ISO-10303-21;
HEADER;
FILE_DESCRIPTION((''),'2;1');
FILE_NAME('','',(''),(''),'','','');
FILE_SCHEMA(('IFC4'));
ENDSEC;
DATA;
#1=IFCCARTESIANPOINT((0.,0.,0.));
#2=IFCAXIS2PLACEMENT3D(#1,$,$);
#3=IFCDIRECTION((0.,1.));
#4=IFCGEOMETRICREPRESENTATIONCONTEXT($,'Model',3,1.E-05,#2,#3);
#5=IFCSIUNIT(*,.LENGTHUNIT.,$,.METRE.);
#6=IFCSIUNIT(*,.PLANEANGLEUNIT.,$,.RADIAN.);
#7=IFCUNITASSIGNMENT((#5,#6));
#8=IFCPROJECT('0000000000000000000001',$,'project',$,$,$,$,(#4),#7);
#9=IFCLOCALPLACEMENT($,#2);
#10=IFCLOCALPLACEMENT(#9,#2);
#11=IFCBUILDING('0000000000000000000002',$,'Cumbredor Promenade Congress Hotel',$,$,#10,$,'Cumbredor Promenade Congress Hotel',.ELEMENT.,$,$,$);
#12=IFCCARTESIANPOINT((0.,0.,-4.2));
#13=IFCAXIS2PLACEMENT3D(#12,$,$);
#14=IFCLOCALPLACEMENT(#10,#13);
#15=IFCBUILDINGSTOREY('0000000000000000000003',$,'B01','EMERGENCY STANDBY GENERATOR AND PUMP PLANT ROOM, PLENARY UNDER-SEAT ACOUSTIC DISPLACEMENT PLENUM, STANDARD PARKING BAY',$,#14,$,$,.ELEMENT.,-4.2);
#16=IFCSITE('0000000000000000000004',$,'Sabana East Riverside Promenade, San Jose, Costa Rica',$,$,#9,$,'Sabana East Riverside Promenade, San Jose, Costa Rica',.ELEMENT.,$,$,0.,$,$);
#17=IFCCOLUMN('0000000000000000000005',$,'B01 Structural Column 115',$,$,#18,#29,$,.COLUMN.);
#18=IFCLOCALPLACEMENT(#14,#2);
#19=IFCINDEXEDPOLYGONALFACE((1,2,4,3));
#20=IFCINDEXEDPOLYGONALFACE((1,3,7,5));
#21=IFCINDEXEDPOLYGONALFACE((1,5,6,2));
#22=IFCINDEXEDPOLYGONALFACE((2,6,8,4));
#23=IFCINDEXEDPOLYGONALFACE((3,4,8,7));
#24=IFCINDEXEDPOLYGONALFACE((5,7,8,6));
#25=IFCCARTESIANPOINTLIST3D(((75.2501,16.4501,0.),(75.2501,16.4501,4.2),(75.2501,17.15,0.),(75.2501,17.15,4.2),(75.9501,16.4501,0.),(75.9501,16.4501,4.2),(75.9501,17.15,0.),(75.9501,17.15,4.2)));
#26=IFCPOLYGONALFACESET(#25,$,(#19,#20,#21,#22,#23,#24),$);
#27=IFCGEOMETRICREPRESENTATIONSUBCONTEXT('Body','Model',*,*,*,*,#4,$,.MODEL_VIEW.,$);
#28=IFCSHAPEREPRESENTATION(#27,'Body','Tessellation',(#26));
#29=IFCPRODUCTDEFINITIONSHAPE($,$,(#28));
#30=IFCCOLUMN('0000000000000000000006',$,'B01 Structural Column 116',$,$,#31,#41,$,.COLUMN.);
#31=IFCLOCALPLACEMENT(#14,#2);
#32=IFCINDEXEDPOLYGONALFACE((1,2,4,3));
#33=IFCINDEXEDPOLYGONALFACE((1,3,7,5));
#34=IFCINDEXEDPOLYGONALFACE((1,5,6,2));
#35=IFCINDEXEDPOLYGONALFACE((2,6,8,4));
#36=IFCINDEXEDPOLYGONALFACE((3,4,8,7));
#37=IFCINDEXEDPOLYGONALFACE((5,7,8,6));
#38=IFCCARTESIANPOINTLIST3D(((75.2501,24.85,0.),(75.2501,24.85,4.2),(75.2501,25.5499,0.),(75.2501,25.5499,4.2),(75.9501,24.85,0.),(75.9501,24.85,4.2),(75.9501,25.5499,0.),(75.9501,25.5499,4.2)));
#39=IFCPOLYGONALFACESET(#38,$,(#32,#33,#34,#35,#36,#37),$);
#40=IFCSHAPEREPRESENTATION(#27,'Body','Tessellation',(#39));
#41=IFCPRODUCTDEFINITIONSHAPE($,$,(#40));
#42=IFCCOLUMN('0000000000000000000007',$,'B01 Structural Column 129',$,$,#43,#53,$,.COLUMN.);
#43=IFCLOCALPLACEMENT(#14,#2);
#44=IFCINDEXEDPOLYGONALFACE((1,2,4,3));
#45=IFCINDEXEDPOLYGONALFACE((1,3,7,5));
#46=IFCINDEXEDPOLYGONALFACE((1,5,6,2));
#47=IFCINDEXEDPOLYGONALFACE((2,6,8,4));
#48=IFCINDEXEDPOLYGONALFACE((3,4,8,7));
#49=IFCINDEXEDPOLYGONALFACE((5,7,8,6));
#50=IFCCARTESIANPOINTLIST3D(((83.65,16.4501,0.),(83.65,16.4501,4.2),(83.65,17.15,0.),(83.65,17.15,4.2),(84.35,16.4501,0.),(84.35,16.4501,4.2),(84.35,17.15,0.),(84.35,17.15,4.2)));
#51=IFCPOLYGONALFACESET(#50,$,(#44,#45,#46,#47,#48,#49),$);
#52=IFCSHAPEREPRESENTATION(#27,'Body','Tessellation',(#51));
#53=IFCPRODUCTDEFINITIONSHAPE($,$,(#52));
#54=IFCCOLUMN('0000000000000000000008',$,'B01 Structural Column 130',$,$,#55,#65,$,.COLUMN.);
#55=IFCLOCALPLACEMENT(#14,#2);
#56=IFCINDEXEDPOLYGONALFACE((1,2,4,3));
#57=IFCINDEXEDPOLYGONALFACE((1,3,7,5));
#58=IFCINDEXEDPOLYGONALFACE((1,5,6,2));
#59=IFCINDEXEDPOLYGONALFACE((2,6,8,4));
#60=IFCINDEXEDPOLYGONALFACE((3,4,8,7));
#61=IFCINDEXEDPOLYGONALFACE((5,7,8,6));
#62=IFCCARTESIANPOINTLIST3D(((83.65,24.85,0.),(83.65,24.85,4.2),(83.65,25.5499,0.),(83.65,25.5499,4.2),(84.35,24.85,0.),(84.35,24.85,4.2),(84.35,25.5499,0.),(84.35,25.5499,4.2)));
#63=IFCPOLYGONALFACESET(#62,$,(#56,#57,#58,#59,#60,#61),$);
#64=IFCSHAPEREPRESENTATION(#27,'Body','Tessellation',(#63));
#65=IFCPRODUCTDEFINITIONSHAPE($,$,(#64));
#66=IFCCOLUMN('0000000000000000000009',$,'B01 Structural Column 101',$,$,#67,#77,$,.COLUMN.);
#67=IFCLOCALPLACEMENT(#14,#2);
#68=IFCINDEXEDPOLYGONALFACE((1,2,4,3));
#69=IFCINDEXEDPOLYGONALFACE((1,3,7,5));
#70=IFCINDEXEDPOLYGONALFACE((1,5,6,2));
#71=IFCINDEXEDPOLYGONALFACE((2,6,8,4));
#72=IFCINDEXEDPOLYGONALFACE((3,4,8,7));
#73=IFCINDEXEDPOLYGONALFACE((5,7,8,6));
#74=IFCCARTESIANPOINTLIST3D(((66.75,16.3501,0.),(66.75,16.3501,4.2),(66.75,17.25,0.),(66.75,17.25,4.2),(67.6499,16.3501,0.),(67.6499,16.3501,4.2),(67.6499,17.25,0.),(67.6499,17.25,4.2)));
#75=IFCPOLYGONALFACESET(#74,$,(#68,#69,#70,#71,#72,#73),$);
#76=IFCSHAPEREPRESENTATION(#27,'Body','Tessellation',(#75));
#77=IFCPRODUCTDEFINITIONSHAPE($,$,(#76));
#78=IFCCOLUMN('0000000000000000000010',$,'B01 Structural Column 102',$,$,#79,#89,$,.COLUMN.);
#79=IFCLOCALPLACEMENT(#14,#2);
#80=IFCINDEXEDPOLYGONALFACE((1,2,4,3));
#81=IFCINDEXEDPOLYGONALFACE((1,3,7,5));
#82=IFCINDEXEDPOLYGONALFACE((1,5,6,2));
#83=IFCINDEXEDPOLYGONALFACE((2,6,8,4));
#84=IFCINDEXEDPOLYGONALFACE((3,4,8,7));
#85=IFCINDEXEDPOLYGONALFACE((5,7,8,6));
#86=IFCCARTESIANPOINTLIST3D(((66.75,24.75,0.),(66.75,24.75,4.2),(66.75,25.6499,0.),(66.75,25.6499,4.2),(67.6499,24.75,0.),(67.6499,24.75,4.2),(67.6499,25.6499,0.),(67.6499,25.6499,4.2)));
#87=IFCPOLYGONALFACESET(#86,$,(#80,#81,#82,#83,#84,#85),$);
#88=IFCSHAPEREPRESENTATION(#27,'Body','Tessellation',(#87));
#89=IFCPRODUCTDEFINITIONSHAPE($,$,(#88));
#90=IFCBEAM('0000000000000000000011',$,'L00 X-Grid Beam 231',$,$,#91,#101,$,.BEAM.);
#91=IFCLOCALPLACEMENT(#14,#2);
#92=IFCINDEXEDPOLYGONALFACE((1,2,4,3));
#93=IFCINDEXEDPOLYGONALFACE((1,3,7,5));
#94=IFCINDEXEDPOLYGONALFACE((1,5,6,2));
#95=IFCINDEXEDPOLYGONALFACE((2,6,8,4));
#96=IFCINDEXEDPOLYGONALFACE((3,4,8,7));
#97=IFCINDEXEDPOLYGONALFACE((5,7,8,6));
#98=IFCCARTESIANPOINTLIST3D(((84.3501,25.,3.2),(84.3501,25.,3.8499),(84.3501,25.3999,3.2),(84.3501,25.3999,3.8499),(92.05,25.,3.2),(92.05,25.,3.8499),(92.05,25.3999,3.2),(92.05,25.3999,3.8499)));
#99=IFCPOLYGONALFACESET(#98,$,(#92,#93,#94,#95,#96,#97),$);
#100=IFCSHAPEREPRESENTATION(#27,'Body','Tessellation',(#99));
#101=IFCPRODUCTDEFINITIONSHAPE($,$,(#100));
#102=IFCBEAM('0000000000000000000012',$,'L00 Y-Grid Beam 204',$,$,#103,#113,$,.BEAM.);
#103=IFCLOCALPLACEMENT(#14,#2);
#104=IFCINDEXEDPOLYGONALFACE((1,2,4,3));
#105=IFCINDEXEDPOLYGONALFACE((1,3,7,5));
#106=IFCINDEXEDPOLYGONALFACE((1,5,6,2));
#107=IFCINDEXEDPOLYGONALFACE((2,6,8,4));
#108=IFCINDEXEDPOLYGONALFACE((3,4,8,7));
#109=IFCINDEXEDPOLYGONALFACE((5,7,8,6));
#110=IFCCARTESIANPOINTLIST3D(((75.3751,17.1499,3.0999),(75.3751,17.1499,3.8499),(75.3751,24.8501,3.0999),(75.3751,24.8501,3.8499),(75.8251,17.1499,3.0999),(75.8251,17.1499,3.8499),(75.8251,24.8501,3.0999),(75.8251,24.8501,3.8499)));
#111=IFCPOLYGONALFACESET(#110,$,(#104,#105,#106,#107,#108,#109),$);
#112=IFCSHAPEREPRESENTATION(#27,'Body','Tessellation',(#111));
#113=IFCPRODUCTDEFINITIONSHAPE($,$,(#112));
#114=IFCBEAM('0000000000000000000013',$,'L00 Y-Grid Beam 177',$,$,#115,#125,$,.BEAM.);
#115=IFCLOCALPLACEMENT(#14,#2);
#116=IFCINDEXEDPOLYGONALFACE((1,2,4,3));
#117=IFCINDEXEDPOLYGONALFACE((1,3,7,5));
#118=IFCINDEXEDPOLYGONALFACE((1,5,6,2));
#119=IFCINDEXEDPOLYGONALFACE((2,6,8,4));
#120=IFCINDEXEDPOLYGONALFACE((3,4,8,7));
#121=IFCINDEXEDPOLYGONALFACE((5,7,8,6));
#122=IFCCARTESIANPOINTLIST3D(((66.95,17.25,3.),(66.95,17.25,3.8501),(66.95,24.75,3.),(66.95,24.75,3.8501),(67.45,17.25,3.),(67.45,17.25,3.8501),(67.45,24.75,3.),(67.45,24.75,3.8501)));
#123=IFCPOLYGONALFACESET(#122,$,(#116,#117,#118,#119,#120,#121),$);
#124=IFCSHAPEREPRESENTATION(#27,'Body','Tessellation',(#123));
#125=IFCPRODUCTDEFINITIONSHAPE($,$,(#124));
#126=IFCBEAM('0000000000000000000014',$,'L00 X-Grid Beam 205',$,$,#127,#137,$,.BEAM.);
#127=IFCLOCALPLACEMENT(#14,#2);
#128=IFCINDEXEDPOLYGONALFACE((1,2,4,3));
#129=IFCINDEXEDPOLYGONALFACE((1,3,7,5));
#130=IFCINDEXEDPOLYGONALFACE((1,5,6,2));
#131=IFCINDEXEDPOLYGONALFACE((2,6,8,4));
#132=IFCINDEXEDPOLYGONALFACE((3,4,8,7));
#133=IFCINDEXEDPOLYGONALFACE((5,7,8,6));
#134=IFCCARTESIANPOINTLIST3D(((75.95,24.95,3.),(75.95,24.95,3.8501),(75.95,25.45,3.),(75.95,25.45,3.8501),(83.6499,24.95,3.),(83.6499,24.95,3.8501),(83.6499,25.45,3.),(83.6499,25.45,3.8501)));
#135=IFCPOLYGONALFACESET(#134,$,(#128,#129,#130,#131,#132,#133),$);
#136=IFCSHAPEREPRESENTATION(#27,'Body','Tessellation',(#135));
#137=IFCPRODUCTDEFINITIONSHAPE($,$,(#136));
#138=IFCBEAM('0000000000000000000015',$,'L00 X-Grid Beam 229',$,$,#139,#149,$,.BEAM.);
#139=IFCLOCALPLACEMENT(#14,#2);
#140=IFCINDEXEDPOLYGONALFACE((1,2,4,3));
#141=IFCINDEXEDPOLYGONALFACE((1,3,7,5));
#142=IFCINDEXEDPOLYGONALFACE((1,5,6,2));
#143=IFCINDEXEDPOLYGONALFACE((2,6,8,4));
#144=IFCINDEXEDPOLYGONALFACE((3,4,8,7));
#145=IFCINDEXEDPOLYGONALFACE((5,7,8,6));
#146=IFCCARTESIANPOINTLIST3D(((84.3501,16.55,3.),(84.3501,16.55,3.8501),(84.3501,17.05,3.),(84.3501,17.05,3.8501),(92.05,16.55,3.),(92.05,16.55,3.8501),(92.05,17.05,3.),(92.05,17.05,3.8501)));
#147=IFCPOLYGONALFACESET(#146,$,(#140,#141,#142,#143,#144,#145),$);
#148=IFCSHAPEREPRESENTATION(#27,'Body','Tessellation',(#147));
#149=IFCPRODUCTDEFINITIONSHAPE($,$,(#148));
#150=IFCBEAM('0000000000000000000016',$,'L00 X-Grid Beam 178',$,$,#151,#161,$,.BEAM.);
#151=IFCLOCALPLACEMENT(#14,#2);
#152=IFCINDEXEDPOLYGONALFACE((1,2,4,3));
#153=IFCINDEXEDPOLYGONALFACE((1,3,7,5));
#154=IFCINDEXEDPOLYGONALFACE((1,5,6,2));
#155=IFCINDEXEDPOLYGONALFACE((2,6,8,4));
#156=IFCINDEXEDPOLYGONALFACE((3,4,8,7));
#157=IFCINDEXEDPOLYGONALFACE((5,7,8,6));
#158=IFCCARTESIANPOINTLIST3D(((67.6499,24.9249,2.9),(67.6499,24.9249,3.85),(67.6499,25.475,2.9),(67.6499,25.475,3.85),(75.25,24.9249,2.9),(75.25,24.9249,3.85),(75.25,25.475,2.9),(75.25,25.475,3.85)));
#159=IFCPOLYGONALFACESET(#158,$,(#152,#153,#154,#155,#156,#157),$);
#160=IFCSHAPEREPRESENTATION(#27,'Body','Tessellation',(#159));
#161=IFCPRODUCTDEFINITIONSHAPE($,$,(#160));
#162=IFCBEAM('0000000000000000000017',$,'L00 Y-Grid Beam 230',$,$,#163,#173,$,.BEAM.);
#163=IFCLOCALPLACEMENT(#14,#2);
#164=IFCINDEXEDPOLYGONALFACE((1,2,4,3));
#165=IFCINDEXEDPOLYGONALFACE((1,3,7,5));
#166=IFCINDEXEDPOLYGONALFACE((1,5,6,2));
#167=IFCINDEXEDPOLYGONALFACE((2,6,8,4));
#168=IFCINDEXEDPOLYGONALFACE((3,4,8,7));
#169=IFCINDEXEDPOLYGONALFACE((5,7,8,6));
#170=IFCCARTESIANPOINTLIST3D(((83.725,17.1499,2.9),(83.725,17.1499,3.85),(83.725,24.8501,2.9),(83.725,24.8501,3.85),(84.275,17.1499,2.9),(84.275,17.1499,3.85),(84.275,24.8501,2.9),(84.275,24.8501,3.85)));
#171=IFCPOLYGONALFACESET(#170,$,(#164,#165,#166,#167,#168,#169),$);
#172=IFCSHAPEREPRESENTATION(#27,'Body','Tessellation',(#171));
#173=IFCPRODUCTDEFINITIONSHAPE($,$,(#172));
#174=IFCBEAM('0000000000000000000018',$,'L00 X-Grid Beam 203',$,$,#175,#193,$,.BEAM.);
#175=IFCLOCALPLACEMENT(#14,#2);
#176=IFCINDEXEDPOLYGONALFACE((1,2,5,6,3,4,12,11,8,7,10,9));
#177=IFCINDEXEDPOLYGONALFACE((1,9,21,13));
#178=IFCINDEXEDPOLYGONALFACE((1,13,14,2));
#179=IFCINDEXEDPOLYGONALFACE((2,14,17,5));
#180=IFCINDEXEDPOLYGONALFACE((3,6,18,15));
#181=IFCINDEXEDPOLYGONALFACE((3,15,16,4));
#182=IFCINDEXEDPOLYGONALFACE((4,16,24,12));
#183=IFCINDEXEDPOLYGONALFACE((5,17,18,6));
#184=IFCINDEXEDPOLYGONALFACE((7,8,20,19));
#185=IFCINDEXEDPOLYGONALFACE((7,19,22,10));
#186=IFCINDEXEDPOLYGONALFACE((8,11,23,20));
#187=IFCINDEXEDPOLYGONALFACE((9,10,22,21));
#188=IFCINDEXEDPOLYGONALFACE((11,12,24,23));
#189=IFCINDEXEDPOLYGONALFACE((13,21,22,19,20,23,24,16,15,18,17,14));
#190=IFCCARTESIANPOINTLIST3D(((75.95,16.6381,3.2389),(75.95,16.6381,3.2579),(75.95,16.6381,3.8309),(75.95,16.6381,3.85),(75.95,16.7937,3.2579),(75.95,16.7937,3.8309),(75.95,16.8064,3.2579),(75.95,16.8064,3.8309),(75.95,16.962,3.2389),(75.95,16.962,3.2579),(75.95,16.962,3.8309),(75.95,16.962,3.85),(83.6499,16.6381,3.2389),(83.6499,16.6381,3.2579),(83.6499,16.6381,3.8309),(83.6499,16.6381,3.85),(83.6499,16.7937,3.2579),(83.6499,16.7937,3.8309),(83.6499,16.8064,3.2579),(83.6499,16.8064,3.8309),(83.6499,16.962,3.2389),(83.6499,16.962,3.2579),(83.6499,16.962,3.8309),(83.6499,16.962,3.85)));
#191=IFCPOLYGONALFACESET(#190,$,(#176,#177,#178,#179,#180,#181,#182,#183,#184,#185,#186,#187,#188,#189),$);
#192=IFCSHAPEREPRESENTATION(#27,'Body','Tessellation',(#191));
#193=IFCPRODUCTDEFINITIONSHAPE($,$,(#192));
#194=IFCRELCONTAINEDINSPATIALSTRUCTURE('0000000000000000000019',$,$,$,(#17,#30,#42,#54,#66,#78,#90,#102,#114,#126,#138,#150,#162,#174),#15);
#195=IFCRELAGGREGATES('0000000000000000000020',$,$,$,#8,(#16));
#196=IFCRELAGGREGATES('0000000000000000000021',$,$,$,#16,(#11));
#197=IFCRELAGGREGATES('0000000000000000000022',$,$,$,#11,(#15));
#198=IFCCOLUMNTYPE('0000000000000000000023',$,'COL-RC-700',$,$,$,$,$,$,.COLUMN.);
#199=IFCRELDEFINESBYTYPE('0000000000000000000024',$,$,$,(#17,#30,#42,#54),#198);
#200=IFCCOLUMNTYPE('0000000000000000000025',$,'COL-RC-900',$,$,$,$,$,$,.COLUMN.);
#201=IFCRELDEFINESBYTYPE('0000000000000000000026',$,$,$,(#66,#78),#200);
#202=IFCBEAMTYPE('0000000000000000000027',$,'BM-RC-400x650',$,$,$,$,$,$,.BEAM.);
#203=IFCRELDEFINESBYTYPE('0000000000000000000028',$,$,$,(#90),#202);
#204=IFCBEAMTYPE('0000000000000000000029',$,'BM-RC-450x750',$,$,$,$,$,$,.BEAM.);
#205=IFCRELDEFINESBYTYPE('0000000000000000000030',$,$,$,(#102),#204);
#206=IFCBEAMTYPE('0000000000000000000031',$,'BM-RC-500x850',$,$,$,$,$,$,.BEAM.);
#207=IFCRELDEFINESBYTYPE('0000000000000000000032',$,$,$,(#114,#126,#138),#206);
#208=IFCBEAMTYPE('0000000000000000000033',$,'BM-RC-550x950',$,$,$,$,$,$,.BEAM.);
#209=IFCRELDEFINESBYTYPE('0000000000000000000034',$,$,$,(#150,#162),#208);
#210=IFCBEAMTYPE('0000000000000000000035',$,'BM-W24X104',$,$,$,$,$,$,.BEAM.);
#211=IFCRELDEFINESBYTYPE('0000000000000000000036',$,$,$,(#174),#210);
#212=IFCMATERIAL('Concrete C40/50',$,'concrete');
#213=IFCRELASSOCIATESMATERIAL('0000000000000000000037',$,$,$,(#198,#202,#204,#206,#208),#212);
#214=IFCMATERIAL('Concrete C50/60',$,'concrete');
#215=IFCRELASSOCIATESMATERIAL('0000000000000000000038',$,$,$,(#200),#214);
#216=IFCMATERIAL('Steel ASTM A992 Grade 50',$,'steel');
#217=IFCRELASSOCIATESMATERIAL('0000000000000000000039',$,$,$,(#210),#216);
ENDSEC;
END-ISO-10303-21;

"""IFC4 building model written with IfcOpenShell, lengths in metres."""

from ifc_helpers import new_model, si_unit, direction, frame, origin, origin_2d, place, context, subcontext, project, spatial, rectangle, i_section, extrude, material, material_profile, profile_set, type_object, element, save


model = new_model("IFC4")

# Units and contexts
model_context = context("Model", 3, precision=1e-05, world=origin(), true_north=direction((0.0, 1.0)))
body_context = subcontext(model_context, "Body", "Model", "MODEL_VIEW")
ifc_project = project(units=[si_unit("LENGTHUNIT", "METRE"), si_unit("PLANEANGLEUNIT", "RADIAN")], contexts=[model_context])

# Site, building, storey
site_placement = place(None, origin())
site = spatial("IfcSite", under=ifc_project, at=site_placement, Name="Sabana East Riverside Promenade, San Jose, Costa Rica", LongName="Sabana East Riverside Promenade, San Jose, Costa Rica", CompositionType="ELEMENT", RefElevation=0.0)
building_placement = place(site_placement, origin())
building = spatial("IfcBuilding", under=site, at=building_placement, Name="Cumbredor Promenade Congress Hotel", LongName="Cumbredor Promenade Congress Hotel", CompositionType="ELEMENT")
storey_placement = place(building_placement, frame((0.0, 0.0, -4.2)))
storey = spatial("IfcBuildingStorey", under=building, at=storey_placement, Name="B01", Description="EMERGENCY STANDBY GENERATOR AND PUMP PLANT ROOM, PLENARY UNDER-SEAT ACOUSTIC DISPLACEMENT PLENUM, STANDARD PARKING BAY", CompositionType="ELEMENT", Elevation=-4.2)

# Columns
ifc_material_1 = material(Name="Concrete C40/50", Category="concrete")
ifc_material_profile_1 = material_profile(ifc_material_1, rectangle(XDim=0.7, YDim=0.7, at=origin_2d()), Name="RC 700x700")
ifc_profile_set_1 = profile_set([ifc_material_profile_1], Name="Concrete C40/50")
column_type_1 = type_object("IfcColumnType", Name="COL-RC-700", PredefinedType="COLUMN", material=ifc_profile_set_1)
for number, where, z_axis, x_axis, name in (
    (1, (75.6001, 16.8, 0.0), (0.0, 0.0, 1.0), (1.0, 0.0, 0.0), "B01 Structural Column 115"),
    (2, (75.6001, 25.2, 0.0), (0.0, 0.0, 1.0), (1.0, 0.0, 0.0), "B01 Structural Column 116"),
    (3, (84.0, 16.8, 0.0), (0.0, 0.0, 1.0), (1.0, 0.0, 0.0), "B01 Structural Column 129"),
    (4, (84.0, 25.2, 0.0), (0.0, 0.0, 1.0), (1.0, 0.0, 0.0), "B01 Structural Column 130"),
):
    element("IfcColumn", number, at=place(storey_placement, frame(where, z_axis=z_axis, x_axis=x_axis)), inside=storey, type_object=column_type_1, Name=name, PredefinedType="COLUMN", context=body_context, shape_type="SweptSolid", body=[
        extrude(rectangle(XDim=0.7, YDim=0.7, at=origin_2d()), origin(), (0.0, 0.0, 1.0), 4.2),
    ])
ifc_material_2 = material(Name="Concrete C50/60", Category="concrete")
ifc_material_profile_2 = material_profile(ifc_material_2, rectangle(XDim=0.8999, YDim=0.8999, at=origin_2d()), Name="RC 900x900")
ifc_profile_set_2 = profile_set([ifc_material_profile_2], Name="Concrete C50/60")
column_type_2 = type_object("IfcColumnType", Name="COL-RC-900", PredefinedType="COLUMN", material=ifc_profile_set_2)
for number, where, z_axis, x_axis, name in (
    (5, (67.2, 16.8, 0.0), (0.0, 0.0, 1.0), (1.0, 0.0, 0.0), "B01 Structural Column 101"),
    (6, (67.2, 25.2, 0.0), (0.0, 0.0, 1.0), (1.0, 0.0, 0.0), "B01 Structural Column 102"),
):
    element("IfcColumn", number, at=place(storey_placement, frame(where, z_axis=z_axis, x_axis=x_axis)), inside=storey, type_object=column_type_2, Name=name, PredefinedType="COLUMN", context=body_context, shape_type="SweptSolid", body=[
        extrude(rectangle(XDim=0.8999, YDim=0.8999, at=origin_2d()), origin(), (0.0, 0.0, 1.0), 4.2),
    ])

# Beams
ifc_material_profile_3 = material_profile(ifc_material_1, rectangle(XDim=0.3999, YDim=0.6499, at=origin_2d()), Name="RC BEAM 400x650")
ifc_profile_set_3 = profile_set([ifc_material_profile_3], Name="Concrete C40/50")
beam_type_1 = type_object("IfcBeamType", Name="BM-RC-400x650", PredefinedType="BEAM", material=ifc_profile_set_3)
beam_1_placement = place(storey_placement, frame((84.3501, 25.2, 3.5249), z_axis=(1.0, 0.0, 0.0), x_axis=(0.0, 1.0, 0.0)))
element("IfcBeam", 7, at=beam_1_placement, inside=storey, type_object=beam_type_1, Name="L00 X-Grid Beam 231", PredefinedType="BEAM", context=body_context, shape_type="SweptSolid", body=[
    extrude(rectangle(XDim=0.3999, YDim=0.6499, at=origin_2d()), origin(), (0.0, 0.0, 1.0), 7.7),
])
ifc_material_profile_4 = material_profile(ifc_material_1, rectangle(XDim=0.45, YDim=0.75, at=origin_2d()), Name="RC BEAM 450x750")
ifc_profile_set_4 = profile_set([ifc_material_profile_4], Name="Concrete C40/50")
beam_type_2 = type_object("IfcBeamType", Name="BM-RC-450x750", PredefinedType="BEAM", material=ifc_profile_set_4)
beam_2_placement = place(storey_placement, frame((75.6001, 17.1499, 3.4749), z_axis=(0.0, 1.0, 0.0), x_axis=(-1.0, 0.0, 0.0)))
element("IfcBeam", 8, at=beam_2_placement, inside=storey, type_object=beam_type_2, Name="L00 Y-Grid Beam 204", PredefinedType="BEAM", context=body_context, shape_type="SweptSolid", body=[
    extrude(rectangle(XDim=0.45, YDim=0.75, at=origin_2d()), origin(), (0.0, 0.0, 1.0), 7.7002),
])
ifc_material_profile_5 = material_profile(ifc_material_1, rectangle(XDim=0.5, YDim=0.8501, at=origin_2d()), Name="RC BEAM 500x850")
ifc_profile_set_5 = profile_set([ifc_material_profile_5], Name="Concrete C40/50")
beam_type_3 = type_object("IfcBeamType", Name="BM-RC-500x850", PredefinedType="BEAM", material=ifc_profile_set_5)
beam_3_placement = place(storey_placement, frame((67.2, 17.25, 3.425), z_axis=(0.0, 1.0, 0.0), x_axis=(-1.0, 0.0, 0.0)))
element("IfcBeam", 9, at=beam_3_placement, inside=storey, type_object=beam_type_3, Name="L00 Y-Grid Beam 177", PredefinedType="BEAM", context=body_context, shape_type="SweptSolid", body=[
    extrude(rectangle(XDim=0.5, YDim=0.8501, at=origin_2d()), origin(), (0.0, 0.0, 1.0), 7.5),
])
for number, where, z_axis, x_axis, name in (
    (10, (75.95, 25.2, 3.425), (1.0, 0.0, 0.0), (0.0, 1.0, 0.0), "L00 X-Grid Beam 205"),
    (11, (84.3501, 16.8, 3.425), (1.0, 0.0, 0.0), (0.0, 1.0, 0.0), "L00 X-Grid Beam 229"),
):
    element("IfcBeam", number, at=place(storey_placement, frame(where, z_axis=z_axis, x_axis=x_axis)), inside=storey, type_object=beam_type_3, Name=name, PredefinedType="BEAM", context=body_context, shape_type="SweptSolid", body=[
        extrude(rectangle(XDim=0.5, YDim=0.8501, at=origin_2d()), origin(), (0.0, 0.0, 1.0), 7.7),
    ])
ifc_material_profile_6 = material_profile(ifc_material_1, rectangle(XDim=0.55, YDim=0.95, at=origin_2d()), Name="RC BEAM 550x950")
ifc_profile_set_6 = profile_set([ifc_material_profile_6], Name="Concrete C40/50")
beam_type_4 = type_object("IfcBeamType", Name="BM-RC-550x950", PredefinedType="BEAM", material=ifc_profile_set_6)
beam_4_placement = place(storey_placement, frame((67.6499, 25.2, 3.375), z_axis=(1.0, 0.0, 0.0), x_axis=(0.0, 1.0, 0.0)))
element("IfcBeam", 12, at=beam_4_placement, inside=storey, type_object=beam_type_4, Name="L00 X-Grid Beam 178", PredefinedType="BEAM", context=body_context, shape_type="SweptSolid", body=[
    extrude(rectangle(XDim=0.55, YDim=0.95, at=origin_2d()), origin(), (0.0, 0.0, 1.0), 7.6001),
])
beam_5_placement = place(storey_placement, frame((84.0, 17.1499, 3.375), z_axis=(0.0, 1.0, 0.0), x_axis=(-1.0, 0.0, 0.0)))
element("IfcBeam", 13, at=beam_5_placement, inside=storey, type_object=beam_type_4, Name="L00 Y-Grid Beam 230", PredefinedType="BEAM", context=body_context, shape_type="SweptSolid", body=[
    extrude(rectangle(XDim=0.55, YDim=0.95, at=origin_2d()), origin(), (0.0, 0.0, 1.0), 7.7002),
])
ifc_material_3 = material(Name="Steel ASTM A992 Grade 50", Category="steel")
ifc_material_profile_7 = material_profile(ifc_material_3, i_section(OverallWidth=0.324, OverallDepth=0.6111, WebThickness=0.0127, FlangeThickness=0.019, at=origin_2d()), Name="W24X104")
ifc_profile_set_7 = profile_set([ifc_material_profile_7], Name="Steel ASTM A992 Grade 50")
beam_type_5 = type_object("IfcBeamType", Name="BM-W24X104", PredefinedType="BEAM", material=ifc_profile_set_7)
beam_6_placement = place(storey_placement, frame((75.95, 16.8, 3.5444), z_axis=(1.0, 0.0, 0.0), x_axis=(0.0, 1.0, 0.0)))
element("IfcBeam", 14, at=beam_6_placement, inside=storey, type_object=beam_type_5, Name="L00 X-Grid Beam 203", PredefinedType="BEAM", context=body_context, shape_type="SweptSolid", body=[
    extrude(i_section(OverallWidth=0.324, OverallDepth=0.6111, WebThickness=0.0127, FlangeThickness=0.019, at=origin_2d()), origin(), (0.0, 0.0, 1.0), 7.7),
])

save(model, "model.ifc")
